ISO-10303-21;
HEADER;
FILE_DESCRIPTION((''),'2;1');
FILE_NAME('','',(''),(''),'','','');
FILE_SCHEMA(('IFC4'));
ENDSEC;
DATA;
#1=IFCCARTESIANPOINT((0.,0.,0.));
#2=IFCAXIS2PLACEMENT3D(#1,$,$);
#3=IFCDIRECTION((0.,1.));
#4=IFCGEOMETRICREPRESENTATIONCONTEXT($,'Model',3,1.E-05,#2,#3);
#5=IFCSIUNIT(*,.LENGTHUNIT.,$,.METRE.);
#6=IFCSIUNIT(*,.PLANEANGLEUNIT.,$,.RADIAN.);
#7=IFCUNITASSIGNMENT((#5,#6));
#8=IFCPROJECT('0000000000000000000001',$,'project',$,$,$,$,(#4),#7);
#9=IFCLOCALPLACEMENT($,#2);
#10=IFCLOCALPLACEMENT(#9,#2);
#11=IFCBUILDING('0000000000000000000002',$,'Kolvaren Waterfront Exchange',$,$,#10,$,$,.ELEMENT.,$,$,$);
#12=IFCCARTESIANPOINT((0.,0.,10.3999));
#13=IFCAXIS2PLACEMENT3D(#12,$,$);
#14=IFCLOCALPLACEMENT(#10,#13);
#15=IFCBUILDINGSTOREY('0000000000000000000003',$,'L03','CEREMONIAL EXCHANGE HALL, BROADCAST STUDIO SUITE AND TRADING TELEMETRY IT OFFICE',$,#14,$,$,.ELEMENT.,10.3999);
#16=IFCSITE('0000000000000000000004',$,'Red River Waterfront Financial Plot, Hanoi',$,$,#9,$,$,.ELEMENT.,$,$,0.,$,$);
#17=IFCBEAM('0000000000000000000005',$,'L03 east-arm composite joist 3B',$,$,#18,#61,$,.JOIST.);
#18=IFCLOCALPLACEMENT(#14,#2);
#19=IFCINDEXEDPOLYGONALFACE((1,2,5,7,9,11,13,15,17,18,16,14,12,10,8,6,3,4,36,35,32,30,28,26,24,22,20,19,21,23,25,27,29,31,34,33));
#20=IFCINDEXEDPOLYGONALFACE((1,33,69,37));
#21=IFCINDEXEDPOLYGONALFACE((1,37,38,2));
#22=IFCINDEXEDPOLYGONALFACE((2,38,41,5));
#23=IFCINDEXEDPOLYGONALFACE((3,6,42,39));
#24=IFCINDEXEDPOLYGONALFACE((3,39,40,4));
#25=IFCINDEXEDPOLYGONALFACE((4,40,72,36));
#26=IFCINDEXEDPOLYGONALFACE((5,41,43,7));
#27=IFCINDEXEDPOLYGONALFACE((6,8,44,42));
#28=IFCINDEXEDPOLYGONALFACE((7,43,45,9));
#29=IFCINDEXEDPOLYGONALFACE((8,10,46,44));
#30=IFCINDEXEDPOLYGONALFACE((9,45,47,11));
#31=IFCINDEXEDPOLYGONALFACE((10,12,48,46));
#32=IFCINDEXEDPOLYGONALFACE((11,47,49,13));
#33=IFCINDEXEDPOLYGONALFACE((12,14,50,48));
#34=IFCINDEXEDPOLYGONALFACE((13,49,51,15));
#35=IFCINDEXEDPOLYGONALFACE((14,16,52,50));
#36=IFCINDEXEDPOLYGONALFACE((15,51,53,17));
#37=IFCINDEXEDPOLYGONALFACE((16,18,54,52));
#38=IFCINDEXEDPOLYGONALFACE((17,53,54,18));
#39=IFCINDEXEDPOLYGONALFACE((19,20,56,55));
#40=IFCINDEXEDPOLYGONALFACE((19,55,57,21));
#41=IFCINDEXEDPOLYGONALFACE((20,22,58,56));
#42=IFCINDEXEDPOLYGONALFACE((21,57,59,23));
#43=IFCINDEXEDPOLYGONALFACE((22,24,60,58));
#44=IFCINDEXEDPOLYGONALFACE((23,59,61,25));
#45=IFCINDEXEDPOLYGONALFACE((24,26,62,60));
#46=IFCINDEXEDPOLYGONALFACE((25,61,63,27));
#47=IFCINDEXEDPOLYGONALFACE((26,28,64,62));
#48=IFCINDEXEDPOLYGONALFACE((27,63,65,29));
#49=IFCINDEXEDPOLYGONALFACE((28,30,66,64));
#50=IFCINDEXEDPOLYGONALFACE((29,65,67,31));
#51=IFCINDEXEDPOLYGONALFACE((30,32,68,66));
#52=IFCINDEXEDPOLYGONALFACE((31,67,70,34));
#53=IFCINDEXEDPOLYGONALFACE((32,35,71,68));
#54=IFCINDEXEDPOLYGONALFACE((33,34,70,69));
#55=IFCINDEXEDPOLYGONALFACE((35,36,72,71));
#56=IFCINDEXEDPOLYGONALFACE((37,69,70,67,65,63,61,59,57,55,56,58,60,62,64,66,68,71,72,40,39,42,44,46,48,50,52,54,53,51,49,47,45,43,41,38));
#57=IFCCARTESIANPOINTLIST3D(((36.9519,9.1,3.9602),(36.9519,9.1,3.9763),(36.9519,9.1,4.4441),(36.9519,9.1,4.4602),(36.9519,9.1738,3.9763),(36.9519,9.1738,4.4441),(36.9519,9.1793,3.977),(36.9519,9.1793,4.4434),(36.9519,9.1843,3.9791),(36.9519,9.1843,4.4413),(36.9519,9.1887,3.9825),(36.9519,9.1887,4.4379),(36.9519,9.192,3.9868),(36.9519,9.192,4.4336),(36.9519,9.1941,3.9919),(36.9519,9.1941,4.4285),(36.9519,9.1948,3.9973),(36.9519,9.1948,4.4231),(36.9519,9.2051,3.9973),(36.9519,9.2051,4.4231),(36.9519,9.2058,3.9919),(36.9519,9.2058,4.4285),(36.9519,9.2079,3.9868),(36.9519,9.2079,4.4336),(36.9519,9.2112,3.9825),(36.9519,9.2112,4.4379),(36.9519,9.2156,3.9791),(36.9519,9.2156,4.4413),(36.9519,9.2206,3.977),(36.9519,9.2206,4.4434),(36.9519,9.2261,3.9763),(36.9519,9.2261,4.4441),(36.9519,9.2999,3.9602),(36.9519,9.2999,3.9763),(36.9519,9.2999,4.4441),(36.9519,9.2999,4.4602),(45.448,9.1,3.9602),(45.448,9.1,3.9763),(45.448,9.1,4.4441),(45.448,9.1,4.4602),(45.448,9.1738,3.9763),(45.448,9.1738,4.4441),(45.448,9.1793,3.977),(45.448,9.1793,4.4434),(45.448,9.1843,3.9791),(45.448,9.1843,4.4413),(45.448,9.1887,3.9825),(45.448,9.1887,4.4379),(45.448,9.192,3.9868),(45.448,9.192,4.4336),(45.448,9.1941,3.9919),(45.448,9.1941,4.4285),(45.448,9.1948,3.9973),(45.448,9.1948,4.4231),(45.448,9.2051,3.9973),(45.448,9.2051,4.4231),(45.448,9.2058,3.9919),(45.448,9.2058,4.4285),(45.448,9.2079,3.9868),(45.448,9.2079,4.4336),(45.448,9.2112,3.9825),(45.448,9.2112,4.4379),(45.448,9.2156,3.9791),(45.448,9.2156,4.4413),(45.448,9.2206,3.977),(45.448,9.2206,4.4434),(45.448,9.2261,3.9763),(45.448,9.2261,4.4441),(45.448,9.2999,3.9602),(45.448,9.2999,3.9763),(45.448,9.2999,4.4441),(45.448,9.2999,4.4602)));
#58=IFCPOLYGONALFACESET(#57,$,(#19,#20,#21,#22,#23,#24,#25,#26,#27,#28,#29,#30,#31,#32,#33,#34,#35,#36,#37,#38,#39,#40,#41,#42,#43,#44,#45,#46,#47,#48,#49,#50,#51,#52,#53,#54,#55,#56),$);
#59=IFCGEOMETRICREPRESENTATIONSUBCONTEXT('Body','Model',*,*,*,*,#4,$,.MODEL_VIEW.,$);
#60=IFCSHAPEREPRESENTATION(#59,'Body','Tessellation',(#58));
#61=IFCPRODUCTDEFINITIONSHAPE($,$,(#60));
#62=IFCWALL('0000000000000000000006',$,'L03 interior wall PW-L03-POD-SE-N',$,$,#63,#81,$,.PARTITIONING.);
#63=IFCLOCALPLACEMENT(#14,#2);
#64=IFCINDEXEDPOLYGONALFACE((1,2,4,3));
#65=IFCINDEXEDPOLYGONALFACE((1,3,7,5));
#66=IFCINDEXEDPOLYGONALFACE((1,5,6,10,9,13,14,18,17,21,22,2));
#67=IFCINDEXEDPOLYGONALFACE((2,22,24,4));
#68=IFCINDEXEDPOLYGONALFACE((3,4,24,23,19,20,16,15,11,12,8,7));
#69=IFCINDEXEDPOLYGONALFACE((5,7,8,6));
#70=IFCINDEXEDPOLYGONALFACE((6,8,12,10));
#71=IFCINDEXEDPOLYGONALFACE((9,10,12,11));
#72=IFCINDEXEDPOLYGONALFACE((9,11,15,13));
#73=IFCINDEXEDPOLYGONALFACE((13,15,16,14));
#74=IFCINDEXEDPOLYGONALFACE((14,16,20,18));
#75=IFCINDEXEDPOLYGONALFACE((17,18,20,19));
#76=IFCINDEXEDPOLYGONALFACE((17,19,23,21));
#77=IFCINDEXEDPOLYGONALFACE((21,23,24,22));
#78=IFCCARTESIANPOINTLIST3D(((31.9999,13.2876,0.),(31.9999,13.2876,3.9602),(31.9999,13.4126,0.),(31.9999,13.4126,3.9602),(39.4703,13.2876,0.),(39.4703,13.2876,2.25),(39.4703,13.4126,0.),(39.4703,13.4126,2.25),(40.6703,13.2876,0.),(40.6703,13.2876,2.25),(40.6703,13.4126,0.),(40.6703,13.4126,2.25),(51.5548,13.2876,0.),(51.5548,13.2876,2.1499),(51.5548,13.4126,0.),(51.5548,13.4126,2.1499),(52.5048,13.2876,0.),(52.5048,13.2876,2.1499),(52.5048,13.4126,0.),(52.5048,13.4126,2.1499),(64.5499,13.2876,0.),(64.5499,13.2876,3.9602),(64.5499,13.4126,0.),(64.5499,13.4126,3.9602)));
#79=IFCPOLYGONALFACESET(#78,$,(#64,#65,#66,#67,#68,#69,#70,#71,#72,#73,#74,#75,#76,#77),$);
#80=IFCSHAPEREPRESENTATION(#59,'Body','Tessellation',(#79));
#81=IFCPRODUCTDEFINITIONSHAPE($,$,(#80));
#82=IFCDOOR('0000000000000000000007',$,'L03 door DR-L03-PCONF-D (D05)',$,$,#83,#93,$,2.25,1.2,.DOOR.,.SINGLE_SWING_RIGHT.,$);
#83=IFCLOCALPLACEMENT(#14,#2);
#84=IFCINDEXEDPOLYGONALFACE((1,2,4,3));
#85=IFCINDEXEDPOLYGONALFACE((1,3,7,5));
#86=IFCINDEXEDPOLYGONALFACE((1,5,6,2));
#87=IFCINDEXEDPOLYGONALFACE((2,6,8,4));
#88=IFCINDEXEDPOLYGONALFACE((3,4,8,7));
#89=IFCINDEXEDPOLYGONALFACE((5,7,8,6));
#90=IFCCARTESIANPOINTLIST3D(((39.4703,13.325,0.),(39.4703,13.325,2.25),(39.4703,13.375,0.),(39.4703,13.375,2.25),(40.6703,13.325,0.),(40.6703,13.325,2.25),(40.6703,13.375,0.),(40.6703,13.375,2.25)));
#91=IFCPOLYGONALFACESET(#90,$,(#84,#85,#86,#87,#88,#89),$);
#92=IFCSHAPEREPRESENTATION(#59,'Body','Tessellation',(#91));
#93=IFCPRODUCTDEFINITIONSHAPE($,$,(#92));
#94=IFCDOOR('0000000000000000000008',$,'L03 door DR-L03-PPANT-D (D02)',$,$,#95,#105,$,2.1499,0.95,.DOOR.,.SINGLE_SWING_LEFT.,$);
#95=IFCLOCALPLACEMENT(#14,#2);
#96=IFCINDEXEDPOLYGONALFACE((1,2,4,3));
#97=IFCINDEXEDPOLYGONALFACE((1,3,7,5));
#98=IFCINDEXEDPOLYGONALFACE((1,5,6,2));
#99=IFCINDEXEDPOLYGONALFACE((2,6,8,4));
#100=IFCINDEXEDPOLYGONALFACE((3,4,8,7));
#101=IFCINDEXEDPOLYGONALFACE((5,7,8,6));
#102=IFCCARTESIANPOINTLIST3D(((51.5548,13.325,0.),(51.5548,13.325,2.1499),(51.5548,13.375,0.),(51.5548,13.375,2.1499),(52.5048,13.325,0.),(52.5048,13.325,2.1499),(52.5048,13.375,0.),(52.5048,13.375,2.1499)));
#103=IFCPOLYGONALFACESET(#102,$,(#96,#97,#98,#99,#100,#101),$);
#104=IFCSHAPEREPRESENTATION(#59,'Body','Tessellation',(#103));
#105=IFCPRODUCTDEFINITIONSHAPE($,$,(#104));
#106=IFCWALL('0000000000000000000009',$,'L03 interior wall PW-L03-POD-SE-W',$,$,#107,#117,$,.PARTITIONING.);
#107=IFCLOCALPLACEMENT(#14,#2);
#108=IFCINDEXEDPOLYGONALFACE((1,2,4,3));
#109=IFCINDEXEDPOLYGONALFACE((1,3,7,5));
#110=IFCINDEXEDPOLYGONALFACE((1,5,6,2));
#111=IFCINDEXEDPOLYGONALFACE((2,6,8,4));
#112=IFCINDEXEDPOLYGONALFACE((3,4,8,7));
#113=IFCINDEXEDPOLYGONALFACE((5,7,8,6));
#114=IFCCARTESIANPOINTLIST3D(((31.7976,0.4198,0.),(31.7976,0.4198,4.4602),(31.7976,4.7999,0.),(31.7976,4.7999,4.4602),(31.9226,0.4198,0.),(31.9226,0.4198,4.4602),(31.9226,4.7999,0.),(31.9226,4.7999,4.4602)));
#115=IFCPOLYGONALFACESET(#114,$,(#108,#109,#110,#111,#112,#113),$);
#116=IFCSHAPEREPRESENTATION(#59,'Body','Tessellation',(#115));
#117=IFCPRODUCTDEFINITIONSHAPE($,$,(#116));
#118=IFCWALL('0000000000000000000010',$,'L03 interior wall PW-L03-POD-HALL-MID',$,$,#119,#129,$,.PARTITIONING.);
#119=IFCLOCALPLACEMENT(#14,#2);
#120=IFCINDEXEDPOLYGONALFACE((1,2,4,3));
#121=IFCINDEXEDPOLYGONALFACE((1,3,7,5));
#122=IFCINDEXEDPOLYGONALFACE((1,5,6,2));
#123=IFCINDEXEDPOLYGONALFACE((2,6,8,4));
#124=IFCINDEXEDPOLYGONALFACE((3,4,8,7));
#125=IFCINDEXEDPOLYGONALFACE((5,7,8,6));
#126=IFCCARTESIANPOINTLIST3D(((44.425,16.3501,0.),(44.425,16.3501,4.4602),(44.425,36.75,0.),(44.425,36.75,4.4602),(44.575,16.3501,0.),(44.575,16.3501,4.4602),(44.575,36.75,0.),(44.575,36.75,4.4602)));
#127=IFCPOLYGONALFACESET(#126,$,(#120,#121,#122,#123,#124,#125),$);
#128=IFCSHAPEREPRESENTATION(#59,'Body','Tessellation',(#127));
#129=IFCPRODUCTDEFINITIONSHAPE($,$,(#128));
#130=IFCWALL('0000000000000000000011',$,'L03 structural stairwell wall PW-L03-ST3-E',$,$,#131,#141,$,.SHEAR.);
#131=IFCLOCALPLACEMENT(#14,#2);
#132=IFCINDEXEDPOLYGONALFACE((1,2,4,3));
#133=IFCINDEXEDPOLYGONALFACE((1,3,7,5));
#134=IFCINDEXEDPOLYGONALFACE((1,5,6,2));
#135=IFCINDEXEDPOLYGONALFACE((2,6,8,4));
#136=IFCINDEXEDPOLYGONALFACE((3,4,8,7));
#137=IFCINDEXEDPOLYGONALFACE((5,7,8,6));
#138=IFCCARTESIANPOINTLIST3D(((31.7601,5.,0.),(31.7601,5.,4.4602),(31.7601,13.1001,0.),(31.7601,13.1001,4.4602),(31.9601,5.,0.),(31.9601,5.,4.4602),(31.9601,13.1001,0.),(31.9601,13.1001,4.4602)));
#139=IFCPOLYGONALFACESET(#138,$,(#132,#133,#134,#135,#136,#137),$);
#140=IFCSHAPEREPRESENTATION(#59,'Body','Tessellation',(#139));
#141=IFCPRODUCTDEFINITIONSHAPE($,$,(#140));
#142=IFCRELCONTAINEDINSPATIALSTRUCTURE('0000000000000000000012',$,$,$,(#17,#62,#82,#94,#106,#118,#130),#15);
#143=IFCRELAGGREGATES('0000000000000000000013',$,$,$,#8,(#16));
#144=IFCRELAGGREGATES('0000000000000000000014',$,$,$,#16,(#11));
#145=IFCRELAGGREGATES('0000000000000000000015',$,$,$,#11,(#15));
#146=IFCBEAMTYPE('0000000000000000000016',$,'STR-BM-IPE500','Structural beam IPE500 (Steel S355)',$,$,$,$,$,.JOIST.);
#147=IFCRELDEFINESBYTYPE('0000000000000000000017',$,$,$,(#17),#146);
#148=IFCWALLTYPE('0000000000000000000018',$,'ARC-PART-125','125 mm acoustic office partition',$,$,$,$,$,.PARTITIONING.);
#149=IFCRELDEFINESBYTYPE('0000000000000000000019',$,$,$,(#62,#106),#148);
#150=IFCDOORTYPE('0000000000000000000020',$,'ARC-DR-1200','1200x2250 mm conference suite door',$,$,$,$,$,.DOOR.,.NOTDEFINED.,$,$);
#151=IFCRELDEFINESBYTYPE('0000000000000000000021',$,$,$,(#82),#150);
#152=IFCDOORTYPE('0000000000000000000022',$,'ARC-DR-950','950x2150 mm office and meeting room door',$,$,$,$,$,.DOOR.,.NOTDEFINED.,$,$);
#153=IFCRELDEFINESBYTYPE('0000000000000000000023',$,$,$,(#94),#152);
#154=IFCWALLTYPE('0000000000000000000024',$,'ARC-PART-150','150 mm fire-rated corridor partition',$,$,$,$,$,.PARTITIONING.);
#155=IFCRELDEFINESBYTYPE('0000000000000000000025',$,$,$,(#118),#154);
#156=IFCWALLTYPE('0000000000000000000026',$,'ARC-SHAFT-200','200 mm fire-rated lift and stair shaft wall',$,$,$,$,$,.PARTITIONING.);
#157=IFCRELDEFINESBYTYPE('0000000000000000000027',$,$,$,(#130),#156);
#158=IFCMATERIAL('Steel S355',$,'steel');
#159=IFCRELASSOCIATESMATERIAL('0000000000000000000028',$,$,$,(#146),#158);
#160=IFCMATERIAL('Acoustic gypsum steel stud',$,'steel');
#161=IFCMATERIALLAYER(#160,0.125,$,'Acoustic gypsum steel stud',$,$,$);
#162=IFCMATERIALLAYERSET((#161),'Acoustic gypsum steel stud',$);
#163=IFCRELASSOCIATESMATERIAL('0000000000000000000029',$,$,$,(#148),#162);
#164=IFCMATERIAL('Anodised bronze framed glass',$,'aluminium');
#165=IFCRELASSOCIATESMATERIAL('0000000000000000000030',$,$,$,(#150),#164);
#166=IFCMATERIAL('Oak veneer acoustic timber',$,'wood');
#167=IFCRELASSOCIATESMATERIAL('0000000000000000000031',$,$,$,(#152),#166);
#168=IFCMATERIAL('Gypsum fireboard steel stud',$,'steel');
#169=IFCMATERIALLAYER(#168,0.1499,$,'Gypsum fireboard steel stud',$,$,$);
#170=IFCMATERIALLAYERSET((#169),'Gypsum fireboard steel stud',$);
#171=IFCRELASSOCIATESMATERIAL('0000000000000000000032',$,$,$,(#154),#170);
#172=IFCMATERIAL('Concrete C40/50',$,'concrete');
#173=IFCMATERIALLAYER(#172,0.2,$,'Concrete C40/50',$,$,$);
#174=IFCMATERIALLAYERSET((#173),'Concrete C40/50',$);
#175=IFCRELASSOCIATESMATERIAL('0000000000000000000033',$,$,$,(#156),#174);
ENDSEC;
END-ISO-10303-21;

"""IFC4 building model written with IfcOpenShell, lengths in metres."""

from ifc_helpers import new_model, si_unit, direction, frame, frame_2d, origin, origin_2d, place, context, subcontext, project, spatial, rectangle, i_section, extrude, material, layer, layer_set, material_profile, profile_set, type_object, element, fill, save


model = new_model("IFC4")

# Units and contexts
model_context = context("Model", 3, precision=1e-05, world=origin(), true_north=direction((0.0, 1.0)))
body_context = subcontext(model_context, "Body", "Model", "MODEL_VIEW")
ifc_project = project(units=[si_unit("LENGTHUNIT", "METRE"), si_unit("PLANEANGLEUNIT", "RADIAN")], contexts=[model_context])

# Site, building, storey
site_placement = place(None, origin())
site = spatial("IfcSite", under=ifc_project, at=site_placement, Name="Red River Waterfront Financial Plot, Hanoi", CompositionType="ELEMENT", RefElevation=0.0)
building_placement = place(site_placement, origin())
building = spatial("IfcBuilding", under=site, at=building_placement, Name="Kolvaren Waterfront Exchange", CompositionType="ELEMENT")
storey_placement = place(building_placement, frame((0.0, 0.0, 10.3999)))
storey = spatial("IfcBuildingStorey", under=building, at=storey_placement, Name="L03", Description="CEREMONIAL EXCHANGE HALL, BROADCAST STUDIO SUITE AND TRADING TELEMETRY IT OFFICE", CompositionType="ELEMENT", Elevation=10.3999)

# Beam
ifc_material_1 = material(Name="Steel S355", Category="steel")
ifc_material_profile_1 = material_profile(ifc_material_1, i_section(OverallWidth=0.2, OverallDepth=0.5, WebThickness=0.0103, FlangeThickness=0.0161, FilletRadius=0.021, at=origin_2d()), Name="IPE500")
ifc_profile_set_1 = profile_set([ifc_material_profile_1], Name="Steel S355")
beam_type_1 = type_object("IfcBeamType", Name="STR-BM-IPE500", Description="Structural beam IPE500 (Steel S355)", PredefinedType="JOIST", material=ifc_profile_set_1)
for number, where, z_axis, x_axis, name in (
    (1, (36.9519, 9.2, 4.2102), (1.0, 0.0, 0.0), (0.0, 1.0, 0.0), "L03 east-arm composite joist 3B"),
):
    element("IfcBeam", number, at=place(storey_placement, frame(where, z_axis=z_axis, x_axis=x_axis)), inside=storey, type_object=beam_type_1, Name=name, PredefinedType="JOIST", context=body_context, shape_type="SweptSolid", body=[
        extrude(i_section(OverallWidth=0.2, OverallDepth=0.5, WebThickness=0.0103, FlangeThickness=0.0161, FilletRadius=0.021, at=origin_2d()), origin(), (0.0, 0.0, 1.0), 8.4961),
    ])

# Wall, openings, doors
ifc_material_2 = material(Name="Acoustic gypsum steel stud", Category="steel")
ifc_layer_1 = layer(ifc_material_2, 0.125, Name="Acoustic gypsum steel stud")
ifc_layer_set_1 = layer_set([ifc_layer_1], Name="Acoustic gypsum steel stud")
wall_type_1 = type_object("IfcWallType", Name="ARC-PART-125", Description="125 mm acoustic office partition", PredefinedType="PARTITIONING", material=ifc_layer_set_1)
wall_1_placement = place(storey_placement, frame((32.0, 13.3501, 0.0), z_axis=(0.0, 0.0, 1.0), x_axis=(1.0, 0.0, 0.0)))
wall_1 = element("IfcWall", 2, at=wall_1_placement, inside=storey, type_object=wall_type_1, Name="L03 interior wall PW-L03-POD-SE-N", PredefinedType="PARTITIONING", context=body_context, shape_type="SweptSolid", body=[
    extrude(rectangle(XDim=32.55, YDim=0.125, at=frame_2d((16.2749, 0.0))), origin(), (0.0, 0.0, 1.0), 3.9602),
])
opening_1_placement = place(wall_1_placement, frame((7.4702, 0.0, 0.0)))
opening_1 = element("IfcOpeningElement", 3, at=opening_1_placement, cuts=wall_1, PredefinedType="OPENING", context=body_context, shape_type="SweptSolid", body=[
    extrude(rectangle(XDim=1.2, YDim=2.25, at=frame_2d((0.6001, 1.125))), frame((0.0, 0.0725, 0.0), z_axis=(0.0, -1.0, 0.0), x_axis=(1.0, 0.0, 0.0)), (0.0, 0.0, 1.0), 0.145),
])
opening_2_placement = place(wall_1_placement, frame((19.5547, 0.0, 0.0)))
opening_2 = element("IfcOpeningElement", 4, at=opening_2_placement, cuts=wall_1, PredefinedType="OPENING", context=body_context, shape_type="SweptSolid", body=[
    extrude(rectangle(XDim=0.95, YDim=2.1499, at=frame_2d((0.4751, 1.075))), frame((0.0, 0.0725, 0.0), z_axis=(0.0, -1.0, 0.0), x_axis=(1.0, 0.0, 0.0)), (0.0, 0.0, 1.0), 0.145),
])
ifc_material_3 = material(Name="Anodised bronze framed glass", Category="aluminium")
door_type_1 = type_object("IfcDoorType", Name="ARC-DR-1200", Description="1200x2250 mm conference suite door", OperationType="NOTDEFINED", PredefinedType="DOOR", material=ifc_material_3)
door_1_placement = place(opening_1_placement, origin())
door_1 = element("IfcDoor", 5, at=door_1_placement, inside=storey, type_object=door_type_1, Name="L03 door DR-L03-PCONF-D (D05)", OperationType="SINGLE_SWING_RIGHT", OverallHeight=2.25, OverallWidth=1.2, PredefinedType="DOOR", context=body_context, shape_type="SweptSolid", body=[
    extrude(rectangle(XDim=1.2, YDim=2.25, at=frame_2d((0.6001, 1.125))), frame((0.0, 0.0249, 0.0), z_axis=(0.0, -1.0, 0.0), x_axis=(1.0, 0.0, 0.0)), (0.0, 0.0, 1.0), 0.05),
])
fill(opening_1, door_1)
ifc_material_4 = material(Name="Oak veneer acoustic timber", Category="wood")
door_type_2 = type_object("IfcDoorType", Name="ARC-DR-950", Description="950x2150 mm office and meeting room door", OperationType="NOTDEFINED", PredefinedType="DOOR", material=ifc_material_4)
door_2_placement = place(opening_2_placement, origin())
door_2 = element("IfcDoor", 6, at=door_2_placement, inside=storey, type_object=door_type_2, Name="L03 door DR-L03-PPANT-D (D02)", OperationType="SINGLE_SWING_LEFT", OverallHeight=2.1499, OverallWidth=0.95, PredefinedType="DOOR", context=body_context, shape_type="SweptSolid", body=[
    extrude(rectangle(XDim=0.95, YDim=2.1499, at=frame_2d((0.4751, 1.075))), frame((0.0, 0.0249, 0.0), z_axis=(0.0, -1.0, 0.0), x_axis=(1.0, 0.0, 0.0)), (0.0, 0.0, 1.0), 0.05),
])
fill(opening_2, door_2)

# Walls
wall_2_placement = place(storey_placement, frame((31.8601, 0.4199, 0.0), z_axis=(0.0, 0.0, 1.0), x_axis=(0.0, 1.0, 0.0)))
element("IfcWall", 7, at=wall_2_placement, inside=storey, type_object=wall_type_1, Name="L03 interior wall PW-L03-POD-SE-W", PredefinedType="PARTITIONING", context=body_context, shape_type="SweptSolid", body=[
    extrude(rectangle(XDim=4.3801, YDim=0.125, at=frame_2d((2.1899, 0.0))), origin(), (0.0, 0.0, 1.0), 4.4602),
])
ifc_material_5 = material(Name="Gypsum fireboard steel stud", Category="steel")
ifc_layer_2 = layer(ifc_material_5, 0.1499, Name="Gypsum fireboard steel stud")
ifc_layer_set_2 = layer_set([ifc_layer_2], Name="Gypsum fireboard steel stud")
wall_type_2 = type_object("IfcWallType", Name="ARC-PART-150", Description="150 mm fire-rated corridor partition", PredefinedType="PARTITIONING", material=ifc_layer_set_2)
wall_3_placement = place(storey_placement, frame((44.5, 16.3501, 0.0), z_axis=(0.0, 0.0, 1.0), x_axis=(0.0, 1.0, 0.0)))
element("IfcWall", 8, at=wall_3_placement, inside=storey, type_object=wall_type_2, Name="L03 interior wall PW-L03-POD-HALL-MID", PredefinedType="PARTITIONING", context=body_context, shape_type="SweptSolid", body=[
    extrude(rectangle(XDim=20.3999, YDim=0.1499, at=frame_2d((10.2, 0.0))), origin(), (0.0, 0.0, 1.0), 4.4602),
])
ifc_material_6 = material(Name="Concrete C40/50", Category="concrete")
ifc_layer_3 = layer(ifc_material_6, 0.2, Name="Concrete C40/50")
ifc_layer_set_3 = layer_set([ifc_layer_3], Name="Concrete C40/50")
wall_type_3 = type_object("IfcWallType", Name="ARC-SHAFT-200", Description="200 mm fire-rated lift and stair shaft wall", PredefinedType="PARTITIONING", material=ifc_layer_set_3)
wall_4_placement = place(storey_placement, frame((31.8601, 5.0, 0.0), z_axis=(0.0, 0.0, 1.0), x_axis=(0.0, 1.0, 0.0)))
element("IfcWall", 9, at=wall_4_placement, inside=storey, type_object=wall_type_3, Name="L03 structural stairwell wall PW-L03-ST3-E", PredefinedType="SHEAR", context=body_context, shape_type="SweptSolid", body=[
    extrude(rectangle(XDim=8.1001, YDim=0.2, at=frame_2d((4.05, 0.0))), origin(), (0.0, 0.0, 1.0), 4.4602),
])

save(model, "model.ifc")
